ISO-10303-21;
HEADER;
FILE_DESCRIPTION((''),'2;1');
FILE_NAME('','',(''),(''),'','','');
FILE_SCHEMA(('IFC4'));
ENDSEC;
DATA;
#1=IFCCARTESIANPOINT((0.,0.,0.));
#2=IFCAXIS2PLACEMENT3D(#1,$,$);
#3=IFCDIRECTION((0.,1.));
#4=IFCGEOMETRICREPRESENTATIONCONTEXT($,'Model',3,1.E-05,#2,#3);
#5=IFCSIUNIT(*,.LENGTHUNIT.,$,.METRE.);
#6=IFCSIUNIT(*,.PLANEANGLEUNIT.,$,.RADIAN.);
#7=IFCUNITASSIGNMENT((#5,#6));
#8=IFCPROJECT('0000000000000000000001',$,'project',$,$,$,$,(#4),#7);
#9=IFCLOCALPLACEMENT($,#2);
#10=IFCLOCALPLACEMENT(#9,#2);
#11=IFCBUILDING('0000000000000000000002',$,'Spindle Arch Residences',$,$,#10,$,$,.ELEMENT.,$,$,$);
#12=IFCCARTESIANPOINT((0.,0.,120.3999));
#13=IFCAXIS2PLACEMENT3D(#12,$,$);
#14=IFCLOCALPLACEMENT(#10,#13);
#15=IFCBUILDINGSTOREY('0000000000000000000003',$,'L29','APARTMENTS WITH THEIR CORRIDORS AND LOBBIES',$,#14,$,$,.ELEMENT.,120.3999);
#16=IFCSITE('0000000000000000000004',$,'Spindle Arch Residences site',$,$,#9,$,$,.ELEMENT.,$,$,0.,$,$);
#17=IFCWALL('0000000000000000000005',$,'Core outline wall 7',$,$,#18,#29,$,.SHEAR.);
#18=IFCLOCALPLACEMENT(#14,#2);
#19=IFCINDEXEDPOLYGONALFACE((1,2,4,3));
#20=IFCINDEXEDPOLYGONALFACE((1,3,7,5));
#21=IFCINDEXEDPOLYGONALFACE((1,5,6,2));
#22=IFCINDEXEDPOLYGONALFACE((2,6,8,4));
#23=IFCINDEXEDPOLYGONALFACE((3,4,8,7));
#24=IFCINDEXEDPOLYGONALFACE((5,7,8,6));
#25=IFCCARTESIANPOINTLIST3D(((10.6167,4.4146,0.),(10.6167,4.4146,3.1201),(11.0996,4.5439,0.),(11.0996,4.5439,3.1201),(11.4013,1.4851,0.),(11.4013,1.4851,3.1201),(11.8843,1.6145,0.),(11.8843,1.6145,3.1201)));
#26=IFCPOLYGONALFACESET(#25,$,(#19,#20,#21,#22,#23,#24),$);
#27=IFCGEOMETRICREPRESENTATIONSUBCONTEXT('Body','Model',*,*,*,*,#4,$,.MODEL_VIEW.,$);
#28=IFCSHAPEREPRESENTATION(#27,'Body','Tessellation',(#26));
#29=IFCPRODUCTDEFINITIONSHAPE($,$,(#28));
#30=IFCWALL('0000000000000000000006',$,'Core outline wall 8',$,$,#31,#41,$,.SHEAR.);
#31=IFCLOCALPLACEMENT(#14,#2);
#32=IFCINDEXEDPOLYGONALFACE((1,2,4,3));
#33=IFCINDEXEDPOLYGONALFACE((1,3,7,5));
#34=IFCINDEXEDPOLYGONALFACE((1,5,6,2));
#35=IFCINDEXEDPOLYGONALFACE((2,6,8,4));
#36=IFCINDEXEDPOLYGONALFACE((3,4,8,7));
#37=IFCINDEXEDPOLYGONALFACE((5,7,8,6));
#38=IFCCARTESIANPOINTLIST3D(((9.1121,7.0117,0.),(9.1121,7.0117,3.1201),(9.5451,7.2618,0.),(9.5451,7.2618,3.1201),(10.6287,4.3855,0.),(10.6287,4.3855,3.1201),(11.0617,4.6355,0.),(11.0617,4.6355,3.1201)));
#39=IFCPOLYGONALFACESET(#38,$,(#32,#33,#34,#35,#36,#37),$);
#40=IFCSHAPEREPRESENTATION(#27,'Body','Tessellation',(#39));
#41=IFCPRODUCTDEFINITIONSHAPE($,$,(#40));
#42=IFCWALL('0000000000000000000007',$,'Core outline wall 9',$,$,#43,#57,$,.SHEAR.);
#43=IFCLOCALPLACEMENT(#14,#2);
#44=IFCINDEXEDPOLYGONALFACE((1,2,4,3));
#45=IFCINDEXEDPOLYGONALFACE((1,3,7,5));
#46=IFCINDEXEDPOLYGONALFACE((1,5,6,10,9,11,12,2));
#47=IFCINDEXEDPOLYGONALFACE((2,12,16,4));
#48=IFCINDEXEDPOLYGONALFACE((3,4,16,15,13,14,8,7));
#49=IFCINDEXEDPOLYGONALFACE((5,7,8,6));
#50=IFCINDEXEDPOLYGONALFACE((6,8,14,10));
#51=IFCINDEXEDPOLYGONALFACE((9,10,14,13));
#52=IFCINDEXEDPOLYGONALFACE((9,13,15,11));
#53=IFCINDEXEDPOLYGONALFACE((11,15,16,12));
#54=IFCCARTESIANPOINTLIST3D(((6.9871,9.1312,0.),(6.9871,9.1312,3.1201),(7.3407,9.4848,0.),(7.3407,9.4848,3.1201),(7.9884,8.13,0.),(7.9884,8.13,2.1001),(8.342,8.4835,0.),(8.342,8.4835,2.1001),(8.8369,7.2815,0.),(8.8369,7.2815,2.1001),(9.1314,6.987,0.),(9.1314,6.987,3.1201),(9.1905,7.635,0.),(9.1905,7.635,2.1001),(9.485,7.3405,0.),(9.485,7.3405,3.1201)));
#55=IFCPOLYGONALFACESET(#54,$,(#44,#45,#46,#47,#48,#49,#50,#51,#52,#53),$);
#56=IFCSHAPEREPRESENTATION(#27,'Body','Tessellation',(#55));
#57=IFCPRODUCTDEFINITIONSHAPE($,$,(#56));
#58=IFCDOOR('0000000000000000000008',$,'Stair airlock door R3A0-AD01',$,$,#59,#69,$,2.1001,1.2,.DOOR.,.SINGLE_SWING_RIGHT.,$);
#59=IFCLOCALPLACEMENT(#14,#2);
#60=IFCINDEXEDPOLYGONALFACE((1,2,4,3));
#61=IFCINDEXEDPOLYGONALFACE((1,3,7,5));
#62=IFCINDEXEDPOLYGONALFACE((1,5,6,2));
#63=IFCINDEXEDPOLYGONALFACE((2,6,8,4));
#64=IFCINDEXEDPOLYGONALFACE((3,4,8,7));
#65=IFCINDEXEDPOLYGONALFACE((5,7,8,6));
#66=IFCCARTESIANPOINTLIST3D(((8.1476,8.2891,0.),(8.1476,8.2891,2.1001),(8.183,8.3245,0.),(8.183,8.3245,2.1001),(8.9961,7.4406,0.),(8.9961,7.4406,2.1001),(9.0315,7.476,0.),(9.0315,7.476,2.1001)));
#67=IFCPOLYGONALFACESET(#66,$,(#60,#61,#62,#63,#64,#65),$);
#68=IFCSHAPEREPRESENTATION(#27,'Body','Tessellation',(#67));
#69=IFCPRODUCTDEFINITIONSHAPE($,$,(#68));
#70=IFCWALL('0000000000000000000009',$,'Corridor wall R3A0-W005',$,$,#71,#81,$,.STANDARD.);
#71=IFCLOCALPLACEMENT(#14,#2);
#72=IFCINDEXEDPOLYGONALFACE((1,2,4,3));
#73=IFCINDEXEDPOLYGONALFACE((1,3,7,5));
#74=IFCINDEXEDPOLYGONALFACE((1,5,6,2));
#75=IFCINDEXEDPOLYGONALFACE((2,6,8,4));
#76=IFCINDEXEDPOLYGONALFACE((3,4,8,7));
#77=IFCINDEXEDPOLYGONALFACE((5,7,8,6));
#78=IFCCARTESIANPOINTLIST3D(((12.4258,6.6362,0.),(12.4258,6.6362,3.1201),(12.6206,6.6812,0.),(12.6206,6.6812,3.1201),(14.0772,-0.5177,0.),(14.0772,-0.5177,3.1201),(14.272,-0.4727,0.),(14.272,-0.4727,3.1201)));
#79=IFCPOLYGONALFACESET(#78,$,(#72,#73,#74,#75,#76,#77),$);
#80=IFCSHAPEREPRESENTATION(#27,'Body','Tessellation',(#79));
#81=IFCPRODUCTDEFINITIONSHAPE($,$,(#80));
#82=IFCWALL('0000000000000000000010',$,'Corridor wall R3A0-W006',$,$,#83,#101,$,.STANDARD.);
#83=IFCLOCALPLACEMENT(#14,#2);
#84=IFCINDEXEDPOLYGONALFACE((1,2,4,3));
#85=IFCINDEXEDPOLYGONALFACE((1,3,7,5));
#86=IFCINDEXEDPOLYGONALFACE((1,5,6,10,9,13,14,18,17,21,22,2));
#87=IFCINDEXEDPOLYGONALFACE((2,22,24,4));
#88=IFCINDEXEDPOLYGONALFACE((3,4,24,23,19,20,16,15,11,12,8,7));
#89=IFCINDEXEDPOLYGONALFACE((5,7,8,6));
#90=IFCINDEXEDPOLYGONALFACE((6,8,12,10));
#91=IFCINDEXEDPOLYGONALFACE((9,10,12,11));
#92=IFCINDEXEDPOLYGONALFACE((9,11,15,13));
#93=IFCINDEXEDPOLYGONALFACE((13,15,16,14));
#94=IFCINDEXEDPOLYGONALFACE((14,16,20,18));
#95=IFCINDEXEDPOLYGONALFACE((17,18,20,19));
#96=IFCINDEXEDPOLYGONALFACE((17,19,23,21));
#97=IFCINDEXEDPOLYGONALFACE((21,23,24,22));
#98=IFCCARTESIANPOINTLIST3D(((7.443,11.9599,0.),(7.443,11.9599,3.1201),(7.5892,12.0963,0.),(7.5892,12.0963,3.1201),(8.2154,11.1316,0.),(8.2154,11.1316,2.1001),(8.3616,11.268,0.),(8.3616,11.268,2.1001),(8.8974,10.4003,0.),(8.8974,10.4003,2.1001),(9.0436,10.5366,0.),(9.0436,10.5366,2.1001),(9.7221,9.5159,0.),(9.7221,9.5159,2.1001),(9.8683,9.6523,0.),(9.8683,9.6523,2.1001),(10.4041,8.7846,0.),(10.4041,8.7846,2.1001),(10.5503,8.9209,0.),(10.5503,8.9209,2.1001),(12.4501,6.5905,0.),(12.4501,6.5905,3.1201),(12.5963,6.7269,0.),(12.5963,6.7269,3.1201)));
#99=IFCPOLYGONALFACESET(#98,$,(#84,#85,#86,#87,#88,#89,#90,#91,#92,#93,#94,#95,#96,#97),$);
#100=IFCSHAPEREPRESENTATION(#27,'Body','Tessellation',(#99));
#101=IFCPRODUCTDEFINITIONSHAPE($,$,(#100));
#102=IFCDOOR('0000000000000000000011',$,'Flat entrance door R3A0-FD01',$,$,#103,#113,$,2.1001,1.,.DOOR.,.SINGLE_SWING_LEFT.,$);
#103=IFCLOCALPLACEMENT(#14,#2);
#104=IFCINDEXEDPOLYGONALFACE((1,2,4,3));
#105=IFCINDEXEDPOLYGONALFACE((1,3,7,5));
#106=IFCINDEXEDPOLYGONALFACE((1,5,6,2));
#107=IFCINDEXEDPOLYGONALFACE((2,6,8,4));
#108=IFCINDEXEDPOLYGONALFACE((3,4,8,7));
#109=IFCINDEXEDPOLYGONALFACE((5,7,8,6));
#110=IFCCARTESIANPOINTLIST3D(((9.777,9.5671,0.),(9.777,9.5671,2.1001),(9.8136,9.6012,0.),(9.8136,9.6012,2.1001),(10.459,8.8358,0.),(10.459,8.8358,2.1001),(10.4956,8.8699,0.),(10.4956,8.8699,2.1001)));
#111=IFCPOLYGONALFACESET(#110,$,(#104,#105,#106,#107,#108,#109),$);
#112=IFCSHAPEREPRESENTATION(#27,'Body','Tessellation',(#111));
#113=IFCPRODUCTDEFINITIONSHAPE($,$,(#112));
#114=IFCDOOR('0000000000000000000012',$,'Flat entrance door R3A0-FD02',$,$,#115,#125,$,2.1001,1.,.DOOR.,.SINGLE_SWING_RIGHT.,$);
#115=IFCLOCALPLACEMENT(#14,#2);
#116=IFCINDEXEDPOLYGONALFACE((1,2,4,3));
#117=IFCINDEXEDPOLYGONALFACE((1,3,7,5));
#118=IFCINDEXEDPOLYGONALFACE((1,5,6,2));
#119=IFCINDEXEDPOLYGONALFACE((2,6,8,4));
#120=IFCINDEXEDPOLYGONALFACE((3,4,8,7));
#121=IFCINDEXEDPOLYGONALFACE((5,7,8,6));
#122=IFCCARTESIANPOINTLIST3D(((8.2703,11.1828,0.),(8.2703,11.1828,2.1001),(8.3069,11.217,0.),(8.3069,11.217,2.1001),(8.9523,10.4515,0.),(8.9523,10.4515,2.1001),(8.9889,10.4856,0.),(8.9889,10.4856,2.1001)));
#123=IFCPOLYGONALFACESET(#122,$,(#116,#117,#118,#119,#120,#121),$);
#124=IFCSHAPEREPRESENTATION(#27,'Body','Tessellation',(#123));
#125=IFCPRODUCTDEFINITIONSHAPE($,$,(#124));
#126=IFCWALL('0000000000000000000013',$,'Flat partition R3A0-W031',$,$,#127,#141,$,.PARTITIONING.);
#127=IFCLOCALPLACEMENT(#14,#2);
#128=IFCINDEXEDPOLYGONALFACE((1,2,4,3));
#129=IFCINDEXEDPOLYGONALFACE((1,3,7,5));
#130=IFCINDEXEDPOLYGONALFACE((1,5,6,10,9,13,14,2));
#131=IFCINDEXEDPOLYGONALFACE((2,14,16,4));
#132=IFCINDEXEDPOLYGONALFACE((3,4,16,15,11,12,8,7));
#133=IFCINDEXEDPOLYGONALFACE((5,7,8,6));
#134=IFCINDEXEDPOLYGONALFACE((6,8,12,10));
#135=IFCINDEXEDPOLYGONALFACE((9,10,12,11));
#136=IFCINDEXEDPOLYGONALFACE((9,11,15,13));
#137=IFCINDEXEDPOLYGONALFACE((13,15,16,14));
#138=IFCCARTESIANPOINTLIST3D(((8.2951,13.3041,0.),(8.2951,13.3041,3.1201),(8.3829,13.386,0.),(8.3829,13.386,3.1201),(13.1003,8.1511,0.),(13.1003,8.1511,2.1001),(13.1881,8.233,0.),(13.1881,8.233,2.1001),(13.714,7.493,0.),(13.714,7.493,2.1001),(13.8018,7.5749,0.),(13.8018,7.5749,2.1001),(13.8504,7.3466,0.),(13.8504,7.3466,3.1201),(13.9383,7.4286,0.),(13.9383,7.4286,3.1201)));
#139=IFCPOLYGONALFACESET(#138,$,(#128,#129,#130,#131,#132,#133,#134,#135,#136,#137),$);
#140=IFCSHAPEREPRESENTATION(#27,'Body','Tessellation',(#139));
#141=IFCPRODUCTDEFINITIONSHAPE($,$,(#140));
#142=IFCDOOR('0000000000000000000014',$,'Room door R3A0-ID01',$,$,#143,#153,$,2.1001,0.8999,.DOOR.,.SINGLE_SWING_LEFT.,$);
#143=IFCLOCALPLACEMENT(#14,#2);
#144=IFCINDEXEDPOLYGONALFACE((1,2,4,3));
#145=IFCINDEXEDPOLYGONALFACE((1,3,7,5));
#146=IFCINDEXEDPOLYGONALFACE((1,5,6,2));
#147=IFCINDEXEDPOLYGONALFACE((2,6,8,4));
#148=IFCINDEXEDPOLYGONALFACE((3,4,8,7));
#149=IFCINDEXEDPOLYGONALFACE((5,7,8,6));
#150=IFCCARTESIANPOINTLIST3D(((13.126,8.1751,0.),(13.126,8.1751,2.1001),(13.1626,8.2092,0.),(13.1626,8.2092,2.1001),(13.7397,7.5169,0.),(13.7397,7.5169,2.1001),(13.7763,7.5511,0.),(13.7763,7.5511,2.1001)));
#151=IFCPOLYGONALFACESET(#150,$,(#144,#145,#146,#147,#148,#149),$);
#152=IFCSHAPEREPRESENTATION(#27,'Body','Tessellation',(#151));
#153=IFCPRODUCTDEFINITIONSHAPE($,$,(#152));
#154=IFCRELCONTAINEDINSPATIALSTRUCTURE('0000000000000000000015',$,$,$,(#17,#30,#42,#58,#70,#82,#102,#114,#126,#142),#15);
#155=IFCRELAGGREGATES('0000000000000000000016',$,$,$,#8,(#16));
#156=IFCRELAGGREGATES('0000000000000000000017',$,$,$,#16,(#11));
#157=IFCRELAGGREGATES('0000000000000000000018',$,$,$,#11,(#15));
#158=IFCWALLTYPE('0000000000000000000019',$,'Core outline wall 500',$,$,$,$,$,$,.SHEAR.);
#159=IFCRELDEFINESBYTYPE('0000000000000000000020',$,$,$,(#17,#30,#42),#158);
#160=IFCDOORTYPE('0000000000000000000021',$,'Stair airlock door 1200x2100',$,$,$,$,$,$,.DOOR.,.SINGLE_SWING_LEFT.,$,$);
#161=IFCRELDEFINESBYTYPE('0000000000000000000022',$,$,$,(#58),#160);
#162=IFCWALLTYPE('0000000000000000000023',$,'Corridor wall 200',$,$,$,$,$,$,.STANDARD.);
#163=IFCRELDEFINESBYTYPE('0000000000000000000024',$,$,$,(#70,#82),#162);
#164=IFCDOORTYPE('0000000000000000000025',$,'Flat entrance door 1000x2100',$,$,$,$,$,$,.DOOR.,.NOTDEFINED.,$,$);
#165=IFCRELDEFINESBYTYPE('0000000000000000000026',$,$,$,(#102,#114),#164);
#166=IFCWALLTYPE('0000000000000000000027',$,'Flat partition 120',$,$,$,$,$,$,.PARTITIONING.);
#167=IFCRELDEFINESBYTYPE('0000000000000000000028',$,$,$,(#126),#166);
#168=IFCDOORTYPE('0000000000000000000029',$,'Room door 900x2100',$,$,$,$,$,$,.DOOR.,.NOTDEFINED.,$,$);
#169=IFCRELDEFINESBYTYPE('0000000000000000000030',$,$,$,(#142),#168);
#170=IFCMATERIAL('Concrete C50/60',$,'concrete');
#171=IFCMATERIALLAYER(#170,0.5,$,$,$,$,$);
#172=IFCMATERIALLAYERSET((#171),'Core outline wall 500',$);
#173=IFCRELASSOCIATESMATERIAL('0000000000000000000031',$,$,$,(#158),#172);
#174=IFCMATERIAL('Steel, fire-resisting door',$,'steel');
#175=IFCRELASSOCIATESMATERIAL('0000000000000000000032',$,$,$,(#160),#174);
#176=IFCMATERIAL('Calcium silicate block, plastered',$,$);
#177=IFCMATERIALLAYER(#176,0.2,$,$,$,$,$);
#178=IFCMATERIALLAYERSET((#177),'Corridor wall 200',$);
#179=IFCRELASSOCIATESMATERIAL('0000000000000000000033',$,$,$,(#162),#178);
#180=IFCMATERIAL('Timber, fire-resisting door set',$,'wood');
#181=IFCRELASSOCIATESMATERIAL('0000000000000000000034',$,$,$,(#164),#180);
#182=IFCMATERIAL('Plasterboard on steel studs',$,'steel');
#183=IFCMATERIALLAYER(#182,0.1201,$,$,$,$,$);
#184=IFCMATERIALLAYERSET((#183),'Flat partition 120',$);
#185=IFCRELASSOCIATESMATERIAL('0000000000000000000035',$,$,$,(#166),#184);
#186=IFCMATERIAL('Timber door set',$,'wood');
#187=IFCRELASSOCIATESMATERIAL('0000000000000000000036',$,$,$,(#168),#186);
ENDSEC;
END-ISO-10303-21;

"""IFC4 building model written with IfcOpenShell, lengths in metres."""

from ifc_helpers import new_model, si_unit, direction, frame, frame_2d, origin, place, context, subcontext, project, spatial, rectangle, extrude, material, layer, layer_set, type_object, element, fill, save


model = new_model("IFC4")

# Units and contexts
model_context = context("Model", 3, precision=1e-05, world=origin(), true_north=direction((0.0, 1.0)))
body_context = subcontext(model_context, "Body", "Model", "MODEL_VIEW")
ifc_project = project(units=[si_unit("LENGTHUNIT", "METRE"), si_unit("PLANEANGLEUNIT", "RADIAN")], contexts=[model_context])

# Site, building, storey
site_placement = place(None, origin())
site = spatial("IfcSite", under=ifc_project, at=site_placement, Name="Spindle Arch Residences site", CompositionType="ELEMENT", RefElevation=0.0)
building_placement = place(site_placement, origin())
building = spatial("IfcBuilding", under=site, at=building_placement, Name="Spindle Arch Residences", CompositionType="ELEMENT")
storey_placement = place(building_placement, frame((0.0, 0.0, 120.3999)))
storey = spatial("IfcBuildingStorey", under=building, at=storey_placement, Name="L29", Description="APARTMENTS WITH THEIR CORRIDORS AND LOBBIES", CompositionType="ELEMENT", Elevation=120.3999)

# Walls
ifc_material_1 = material(Name="Concrete C50/60", Category="concrete")
ifc_layer_1 = layer(ifc_material_1, 0.5)
ifc_layer_set_1 = layer_set([ifc_layer_1], Name="Core outline wall 500")
wall_type_1 = type_object("IfcWallType", Name="Core outline wall 500", PredefinedType="SHEAR", material=ifc_layer_set_1)
for number, where, z_axis, x_axis, name in (
    (1, (11.6428, 1.5498, 0.0), (0.0, 0.0, 1.0), (-0.258735, 0.965948, 0.0), "Core outline wall 7"),
    (2, (10.8452, 4.5105, 0.0), (0.0, 0.0, 1.0), (-0.500087, 0.865975, 0.0), "Core outline wall 8"),
):
    element("IfcWall", number, at=place(storey_placement, frame(where, z_axis=z_axis, x_axis=x_axis)), inside=storey, type_object=wall_type_1, Name=name, PredefinedType="SHEAR", context=body_context, shape_type="SweptSolid", body=[
        extrude(rectangle(XDim=3.0327, YDim=0.5, at=frame_2d((1.5164, 0.0))), origin(), (0.0, 0.0, 1.0), 3.1201),
    ])

# Wall, opening, door
wall_1_placement = place(storey_placement, frame((9.3081, 7.1638, 0.0), z_axis=(0.0, 0.0, 1.0), x_axis=(-0.707107, 0.707107, 0.0)))
wall_1 = element("IfcWall", 3, at=wall_1_placement, inside=storey, type_object=wall_type_1, Name="Core outline wall 9", PredefinedType="SHEAR", context=body_context, shape_type="SweptSolid", body=[
    extrude(rectangle(XDim=3.0325, YDim=0.5, at=frame_2d((1.5161, 0.0))), origin(), (0.0, 0.0, 1.0), 3.1201),
])
opening_1_placement = place(wall_1_placement, frame((0.4163, 0.0, 0.0)))
opening_1 = element("IfcOpeningElement", 4, at=opening_1_placement, cuts=wall_1, PredefinedType="OPENING", context=body_context, shape_type="SweptSolid", body=[
    extrude(rectangle(XDim=1.2, YDim=2.1001, at=frame_2d((0.6001, 1.05))), frame((0.0, 0.26, 0.0), z_axis=(0.0, -1.0, 0.0), x_axis=(1.0, 0.0, 0.0)), (0.0, 0.0, 1.0), 0.52),
])
ifc_material_2 = material(Name="Steel, fire-resisting door", Category="steel")
door_type_1 = type_object("IfcDoorType", Name="Stair airlock door 1200x2100", OperationType="SINGLE_SWING_LEFT", PredefinedType="DOOR", material=ifc_material_2)
door_1_placement = place(opening_1_placement, origin())
door_1 = element("IfcDoor", 5, at=door_1_placement, inside=storey, type_object=door_type_1, Name="Stair airlock door R3A0-AD01", OperationType="SINGLE_SWING_RIGHT", OverallHeight=2.1001, OverallWidth=1.2, PredefinedType="DOOR", context=body_context, shape_type="SweptSolid", body=[
    extrude(rectangle(XDim=1.2, YDim=2.1001, at=frame_2d((0.6001, 1.05))), frame((0.0, 0.0249, 0.0), z_axis=(0.0, -1.0, 0.0), x_axis=(1.0, 0.0, 0.0)), (0.0, 0.0, 1.0), 0.05),
])
fill(opening_1, door_1)

# Wall
ifc_material_3 = material(Name="Calcium silicate block, plastered")
ifc_layer_2 = layer(ifc_material_3, 0.2)
ifc_layer_set_2 = layer_set([ifc_layer_2], Name="Corridor wall 200")
wall_type_2 = type_object("IfcWallType", Name="Corridor wall 200", PredefinedType="STANDARD", material=ifc_layer_set_2)
wall_2_placement = place(storey_placement, frame((14.1746, -0.4951, 0.0), z_axis=(0.0, 0.0, 1.0), x_axis=(-0.224923, 0.974377, 0.0)))
element("IfcWall", 6, at=wall_2_placement, inside=storey, type_object=wall_type_2, Name="Corridor wall R3A0-W005", PredefinedType="STANDARD", context=body_context, shape_type="SweptSolid", body=[
    extrude(rectangle(XDim=7.342, YDim=0.2, at=frame_2d((3.6709, 0.0))), origin(), (0.0, 0.0, 1.0), 3.1201),
])

# Wall, openings, doors
wall_3_placement = place(storey_placement, frame((12.5232, 6.6587, 0.0), z_axis=(0.0, 0.0, 1.0), x_axis=(-0.682002, 0.73135, 0.0)))
wall_3 = element("IfcWall", 7, at=wall_3_placement, inside=storey, type_object=wall_type_2, Name="Corridor wall R3A0-W006", PredefinedType="STANDARD", context=body_context, shape_type="SweptSolid", body=[
    extrude(rectangle(XDim=7.3418, YDim=0.2, at=frame_2d((3.6709, 0.0))), origin(), (0.0, 0.0, 1.0), 3.1201),
])
opening_2_placement = place(wall_3_placement, frame((3.0, 0.0, 0.0)))
opening_2 = element("IfcOpeningElement", 8, at=opening_2_placement, cuts=wall_3, PredefinedType="OPENING", context=body_context, shape_type="SweptSolid", body=[
    extrude(rectangle(XDim=1.0, YDim=2.1001, at=frame_2d((0.5, 1.05))), frame((0.0, 0.1099, 0.0), z_axis=(0.0, -1.0, 0.0), x_axis=(1.0, 0.0, 0.0)), (0.0, 0.0, 1.0), 0.22),
])
opening_3_placement = place(wall_3_placement, frame((5.2092, 0.0, 0.0)))
opening_3 = element("IfcOpeningElement", 9, at=opening_3_placement, cuts=wall_3, PredefinedType="OPENING", context=body_context, shape_type="SweptSolid", body=[
    extrude(rectangle(XDim=1.0, YDim=2.1001, at=frame_2d((0.5, 1.05))), frame((0.0, 0.1099, 0.0), z_axis=(0.0, -1.0, 0.0), x_axis=(1.0, 0.0, 0.0)), (0.0, 0.0, 1.0), 0.22),
])
ifc_material_4 = material(Name="Timber, fire-resisting door set", Category="wood")
door_type_2 = type_object("IfcDoorType", Name="Flat entrance door 1000x2100", OperationType="NOTDEFINED", PredefinedType="DOOR", material=ifc_material_4)
door_2_placement = place(opening_2_placement, origin())
door_2 = element("IfcDoor", 10, at=door_2_placement, inside=storey, type_object=door_type_2, Name="Flat entrance door R3A0-FD01", OperationType="SINGLE_SWING_LEFT", OverallHeight=2.1001, OverallWidth=1.0, PredefinedType="DOOR", context=body_context, shape_type="SweptSolid", body=[
    extrude(rectangle(XDim=1.0, YDim=2.1001, at=frame_2d((0.5, 1.05))), frame((0.0, 0.0249, 0.0), z_axis=(0.0, -1.0, 0.0), x_axis=(1.0, 0.0, 0.0)), (0.0, 0.0, 1.0), 0.05),
])
fill(opening_2, door_2)
door_3_placement = place(opening_3_placement, origin())
door_3 = element("IfcDoor", 11, at=door_3_placement, inside=storey, type_object=door_type_2, Name="Flat entrance door R3A0-FD02", OperationType="SINGLE_SWING_RIGHT", OverallHeight=2.1001, OverallWidth=1.0, PredefinedType="DOOR", context=body_context, shape_type="SweptSolid", body=[
    extrude(rectangle(XDim=1.0, YDim=2.1001, at=frame_2d((0.5, 1.05))), frame((0.0, 0.0249, 0.0), z_axis=(0.0, -1.0, 0.0), x_axis=(1.0, 0.0, 0.0)), (0.0, 0.0, 1.0), 0.05),
])
fill(opening_3, door_3)

# Wall, opening, door
ifc_material_5 = material(Name="Plasterboard on steel studs", Category="steel")
ifc_layer_3 = layer(ifc_material_5, 0.1201)
ifc_layer_set_3 = layer_set([ifc_layer_3], Name="Flat partition 120")
wall_type_3 = type_object("IfcWallType", Name="Flat partition 120", PredefinedType="PARTITIONING", material=ifc_layer_set_3)
wall_4_placement = place(storey_placement, frame((13.8943, 7.3877, 0.0), z_axis=(0.0, 0.0, 1.0), x_axis=(-0.681995, 0.731357, 0.0)))
wall_4 = element("IfcWall", 12, at=wall_4_placement, inside=storey, type_object=wall_type_3, Name="Flat partition R3A0-W031", PredefinedType="PARTITIONING", context=body_context, shape_type="SweptSolid", body=[
    extrude(rectangle(XDim=8.1458, YDim=0.1201, at=frame_2d((4.0728, 0.0))), origin(), (0.0, 0.0, 1.0), 3.1201),
])
opening_4_placement = place(wall_4_placement, frame((0.2, 0.0, 0.0)))
opening_4 = element("IfcOpeningElement", 13, at=opening_4_placement, cuts=wall_4, PredefinedType="OPENING", context=body_context, shape_type="SweptSolid", body=[
    extrude(rectangle(XDim=0.8999, YDim=2.1001, at=frame_2d((0.45, 1.05))), frame((0.0, 0.0701, 0.0), z_axis=(0.0, -1.0, 0.0), x_axis=(1.0, 0.0, 0.0)), (0.0, 0.0, 1.0), 0.1401),
])
ifc_material_6 = material(Name="Timber door set", Category="wood")
door_type_3 = type_object("IfcDoorType", Name="Room door 900x2100", OperationType="NOTDEFINED", PredefinedType="DOOR", material=ifc_material_6)
door_4_placement = place(opening_4_placement, origin())
door_4 = element("IfcDoor", 14, at=door_4_placement, inside=storey, type_object=door_type_3, Name="Room door R3A0-ID01", OperationType="SINGLE_SWING_LEFT", OverallHeight=2.1001, OverallWidth=0.8999, PredefinedType="DOOR", context=body_context, shape_type="SweptSolid", body=[
    extrude(rectangle(XDim=0.8999, YDim=2.1001, at=frame_2d((0.45, 1.05))), frame((0.0, 0.0249, 0.0), z_axis=(0.0, -1.0, 0.0), x_axis=(1.0, 0.0, 0.0)), (0.0, 0.0, 1.0), 0.05),
])
fill(opening_4, door_4)

save(model, "model.ifc")
